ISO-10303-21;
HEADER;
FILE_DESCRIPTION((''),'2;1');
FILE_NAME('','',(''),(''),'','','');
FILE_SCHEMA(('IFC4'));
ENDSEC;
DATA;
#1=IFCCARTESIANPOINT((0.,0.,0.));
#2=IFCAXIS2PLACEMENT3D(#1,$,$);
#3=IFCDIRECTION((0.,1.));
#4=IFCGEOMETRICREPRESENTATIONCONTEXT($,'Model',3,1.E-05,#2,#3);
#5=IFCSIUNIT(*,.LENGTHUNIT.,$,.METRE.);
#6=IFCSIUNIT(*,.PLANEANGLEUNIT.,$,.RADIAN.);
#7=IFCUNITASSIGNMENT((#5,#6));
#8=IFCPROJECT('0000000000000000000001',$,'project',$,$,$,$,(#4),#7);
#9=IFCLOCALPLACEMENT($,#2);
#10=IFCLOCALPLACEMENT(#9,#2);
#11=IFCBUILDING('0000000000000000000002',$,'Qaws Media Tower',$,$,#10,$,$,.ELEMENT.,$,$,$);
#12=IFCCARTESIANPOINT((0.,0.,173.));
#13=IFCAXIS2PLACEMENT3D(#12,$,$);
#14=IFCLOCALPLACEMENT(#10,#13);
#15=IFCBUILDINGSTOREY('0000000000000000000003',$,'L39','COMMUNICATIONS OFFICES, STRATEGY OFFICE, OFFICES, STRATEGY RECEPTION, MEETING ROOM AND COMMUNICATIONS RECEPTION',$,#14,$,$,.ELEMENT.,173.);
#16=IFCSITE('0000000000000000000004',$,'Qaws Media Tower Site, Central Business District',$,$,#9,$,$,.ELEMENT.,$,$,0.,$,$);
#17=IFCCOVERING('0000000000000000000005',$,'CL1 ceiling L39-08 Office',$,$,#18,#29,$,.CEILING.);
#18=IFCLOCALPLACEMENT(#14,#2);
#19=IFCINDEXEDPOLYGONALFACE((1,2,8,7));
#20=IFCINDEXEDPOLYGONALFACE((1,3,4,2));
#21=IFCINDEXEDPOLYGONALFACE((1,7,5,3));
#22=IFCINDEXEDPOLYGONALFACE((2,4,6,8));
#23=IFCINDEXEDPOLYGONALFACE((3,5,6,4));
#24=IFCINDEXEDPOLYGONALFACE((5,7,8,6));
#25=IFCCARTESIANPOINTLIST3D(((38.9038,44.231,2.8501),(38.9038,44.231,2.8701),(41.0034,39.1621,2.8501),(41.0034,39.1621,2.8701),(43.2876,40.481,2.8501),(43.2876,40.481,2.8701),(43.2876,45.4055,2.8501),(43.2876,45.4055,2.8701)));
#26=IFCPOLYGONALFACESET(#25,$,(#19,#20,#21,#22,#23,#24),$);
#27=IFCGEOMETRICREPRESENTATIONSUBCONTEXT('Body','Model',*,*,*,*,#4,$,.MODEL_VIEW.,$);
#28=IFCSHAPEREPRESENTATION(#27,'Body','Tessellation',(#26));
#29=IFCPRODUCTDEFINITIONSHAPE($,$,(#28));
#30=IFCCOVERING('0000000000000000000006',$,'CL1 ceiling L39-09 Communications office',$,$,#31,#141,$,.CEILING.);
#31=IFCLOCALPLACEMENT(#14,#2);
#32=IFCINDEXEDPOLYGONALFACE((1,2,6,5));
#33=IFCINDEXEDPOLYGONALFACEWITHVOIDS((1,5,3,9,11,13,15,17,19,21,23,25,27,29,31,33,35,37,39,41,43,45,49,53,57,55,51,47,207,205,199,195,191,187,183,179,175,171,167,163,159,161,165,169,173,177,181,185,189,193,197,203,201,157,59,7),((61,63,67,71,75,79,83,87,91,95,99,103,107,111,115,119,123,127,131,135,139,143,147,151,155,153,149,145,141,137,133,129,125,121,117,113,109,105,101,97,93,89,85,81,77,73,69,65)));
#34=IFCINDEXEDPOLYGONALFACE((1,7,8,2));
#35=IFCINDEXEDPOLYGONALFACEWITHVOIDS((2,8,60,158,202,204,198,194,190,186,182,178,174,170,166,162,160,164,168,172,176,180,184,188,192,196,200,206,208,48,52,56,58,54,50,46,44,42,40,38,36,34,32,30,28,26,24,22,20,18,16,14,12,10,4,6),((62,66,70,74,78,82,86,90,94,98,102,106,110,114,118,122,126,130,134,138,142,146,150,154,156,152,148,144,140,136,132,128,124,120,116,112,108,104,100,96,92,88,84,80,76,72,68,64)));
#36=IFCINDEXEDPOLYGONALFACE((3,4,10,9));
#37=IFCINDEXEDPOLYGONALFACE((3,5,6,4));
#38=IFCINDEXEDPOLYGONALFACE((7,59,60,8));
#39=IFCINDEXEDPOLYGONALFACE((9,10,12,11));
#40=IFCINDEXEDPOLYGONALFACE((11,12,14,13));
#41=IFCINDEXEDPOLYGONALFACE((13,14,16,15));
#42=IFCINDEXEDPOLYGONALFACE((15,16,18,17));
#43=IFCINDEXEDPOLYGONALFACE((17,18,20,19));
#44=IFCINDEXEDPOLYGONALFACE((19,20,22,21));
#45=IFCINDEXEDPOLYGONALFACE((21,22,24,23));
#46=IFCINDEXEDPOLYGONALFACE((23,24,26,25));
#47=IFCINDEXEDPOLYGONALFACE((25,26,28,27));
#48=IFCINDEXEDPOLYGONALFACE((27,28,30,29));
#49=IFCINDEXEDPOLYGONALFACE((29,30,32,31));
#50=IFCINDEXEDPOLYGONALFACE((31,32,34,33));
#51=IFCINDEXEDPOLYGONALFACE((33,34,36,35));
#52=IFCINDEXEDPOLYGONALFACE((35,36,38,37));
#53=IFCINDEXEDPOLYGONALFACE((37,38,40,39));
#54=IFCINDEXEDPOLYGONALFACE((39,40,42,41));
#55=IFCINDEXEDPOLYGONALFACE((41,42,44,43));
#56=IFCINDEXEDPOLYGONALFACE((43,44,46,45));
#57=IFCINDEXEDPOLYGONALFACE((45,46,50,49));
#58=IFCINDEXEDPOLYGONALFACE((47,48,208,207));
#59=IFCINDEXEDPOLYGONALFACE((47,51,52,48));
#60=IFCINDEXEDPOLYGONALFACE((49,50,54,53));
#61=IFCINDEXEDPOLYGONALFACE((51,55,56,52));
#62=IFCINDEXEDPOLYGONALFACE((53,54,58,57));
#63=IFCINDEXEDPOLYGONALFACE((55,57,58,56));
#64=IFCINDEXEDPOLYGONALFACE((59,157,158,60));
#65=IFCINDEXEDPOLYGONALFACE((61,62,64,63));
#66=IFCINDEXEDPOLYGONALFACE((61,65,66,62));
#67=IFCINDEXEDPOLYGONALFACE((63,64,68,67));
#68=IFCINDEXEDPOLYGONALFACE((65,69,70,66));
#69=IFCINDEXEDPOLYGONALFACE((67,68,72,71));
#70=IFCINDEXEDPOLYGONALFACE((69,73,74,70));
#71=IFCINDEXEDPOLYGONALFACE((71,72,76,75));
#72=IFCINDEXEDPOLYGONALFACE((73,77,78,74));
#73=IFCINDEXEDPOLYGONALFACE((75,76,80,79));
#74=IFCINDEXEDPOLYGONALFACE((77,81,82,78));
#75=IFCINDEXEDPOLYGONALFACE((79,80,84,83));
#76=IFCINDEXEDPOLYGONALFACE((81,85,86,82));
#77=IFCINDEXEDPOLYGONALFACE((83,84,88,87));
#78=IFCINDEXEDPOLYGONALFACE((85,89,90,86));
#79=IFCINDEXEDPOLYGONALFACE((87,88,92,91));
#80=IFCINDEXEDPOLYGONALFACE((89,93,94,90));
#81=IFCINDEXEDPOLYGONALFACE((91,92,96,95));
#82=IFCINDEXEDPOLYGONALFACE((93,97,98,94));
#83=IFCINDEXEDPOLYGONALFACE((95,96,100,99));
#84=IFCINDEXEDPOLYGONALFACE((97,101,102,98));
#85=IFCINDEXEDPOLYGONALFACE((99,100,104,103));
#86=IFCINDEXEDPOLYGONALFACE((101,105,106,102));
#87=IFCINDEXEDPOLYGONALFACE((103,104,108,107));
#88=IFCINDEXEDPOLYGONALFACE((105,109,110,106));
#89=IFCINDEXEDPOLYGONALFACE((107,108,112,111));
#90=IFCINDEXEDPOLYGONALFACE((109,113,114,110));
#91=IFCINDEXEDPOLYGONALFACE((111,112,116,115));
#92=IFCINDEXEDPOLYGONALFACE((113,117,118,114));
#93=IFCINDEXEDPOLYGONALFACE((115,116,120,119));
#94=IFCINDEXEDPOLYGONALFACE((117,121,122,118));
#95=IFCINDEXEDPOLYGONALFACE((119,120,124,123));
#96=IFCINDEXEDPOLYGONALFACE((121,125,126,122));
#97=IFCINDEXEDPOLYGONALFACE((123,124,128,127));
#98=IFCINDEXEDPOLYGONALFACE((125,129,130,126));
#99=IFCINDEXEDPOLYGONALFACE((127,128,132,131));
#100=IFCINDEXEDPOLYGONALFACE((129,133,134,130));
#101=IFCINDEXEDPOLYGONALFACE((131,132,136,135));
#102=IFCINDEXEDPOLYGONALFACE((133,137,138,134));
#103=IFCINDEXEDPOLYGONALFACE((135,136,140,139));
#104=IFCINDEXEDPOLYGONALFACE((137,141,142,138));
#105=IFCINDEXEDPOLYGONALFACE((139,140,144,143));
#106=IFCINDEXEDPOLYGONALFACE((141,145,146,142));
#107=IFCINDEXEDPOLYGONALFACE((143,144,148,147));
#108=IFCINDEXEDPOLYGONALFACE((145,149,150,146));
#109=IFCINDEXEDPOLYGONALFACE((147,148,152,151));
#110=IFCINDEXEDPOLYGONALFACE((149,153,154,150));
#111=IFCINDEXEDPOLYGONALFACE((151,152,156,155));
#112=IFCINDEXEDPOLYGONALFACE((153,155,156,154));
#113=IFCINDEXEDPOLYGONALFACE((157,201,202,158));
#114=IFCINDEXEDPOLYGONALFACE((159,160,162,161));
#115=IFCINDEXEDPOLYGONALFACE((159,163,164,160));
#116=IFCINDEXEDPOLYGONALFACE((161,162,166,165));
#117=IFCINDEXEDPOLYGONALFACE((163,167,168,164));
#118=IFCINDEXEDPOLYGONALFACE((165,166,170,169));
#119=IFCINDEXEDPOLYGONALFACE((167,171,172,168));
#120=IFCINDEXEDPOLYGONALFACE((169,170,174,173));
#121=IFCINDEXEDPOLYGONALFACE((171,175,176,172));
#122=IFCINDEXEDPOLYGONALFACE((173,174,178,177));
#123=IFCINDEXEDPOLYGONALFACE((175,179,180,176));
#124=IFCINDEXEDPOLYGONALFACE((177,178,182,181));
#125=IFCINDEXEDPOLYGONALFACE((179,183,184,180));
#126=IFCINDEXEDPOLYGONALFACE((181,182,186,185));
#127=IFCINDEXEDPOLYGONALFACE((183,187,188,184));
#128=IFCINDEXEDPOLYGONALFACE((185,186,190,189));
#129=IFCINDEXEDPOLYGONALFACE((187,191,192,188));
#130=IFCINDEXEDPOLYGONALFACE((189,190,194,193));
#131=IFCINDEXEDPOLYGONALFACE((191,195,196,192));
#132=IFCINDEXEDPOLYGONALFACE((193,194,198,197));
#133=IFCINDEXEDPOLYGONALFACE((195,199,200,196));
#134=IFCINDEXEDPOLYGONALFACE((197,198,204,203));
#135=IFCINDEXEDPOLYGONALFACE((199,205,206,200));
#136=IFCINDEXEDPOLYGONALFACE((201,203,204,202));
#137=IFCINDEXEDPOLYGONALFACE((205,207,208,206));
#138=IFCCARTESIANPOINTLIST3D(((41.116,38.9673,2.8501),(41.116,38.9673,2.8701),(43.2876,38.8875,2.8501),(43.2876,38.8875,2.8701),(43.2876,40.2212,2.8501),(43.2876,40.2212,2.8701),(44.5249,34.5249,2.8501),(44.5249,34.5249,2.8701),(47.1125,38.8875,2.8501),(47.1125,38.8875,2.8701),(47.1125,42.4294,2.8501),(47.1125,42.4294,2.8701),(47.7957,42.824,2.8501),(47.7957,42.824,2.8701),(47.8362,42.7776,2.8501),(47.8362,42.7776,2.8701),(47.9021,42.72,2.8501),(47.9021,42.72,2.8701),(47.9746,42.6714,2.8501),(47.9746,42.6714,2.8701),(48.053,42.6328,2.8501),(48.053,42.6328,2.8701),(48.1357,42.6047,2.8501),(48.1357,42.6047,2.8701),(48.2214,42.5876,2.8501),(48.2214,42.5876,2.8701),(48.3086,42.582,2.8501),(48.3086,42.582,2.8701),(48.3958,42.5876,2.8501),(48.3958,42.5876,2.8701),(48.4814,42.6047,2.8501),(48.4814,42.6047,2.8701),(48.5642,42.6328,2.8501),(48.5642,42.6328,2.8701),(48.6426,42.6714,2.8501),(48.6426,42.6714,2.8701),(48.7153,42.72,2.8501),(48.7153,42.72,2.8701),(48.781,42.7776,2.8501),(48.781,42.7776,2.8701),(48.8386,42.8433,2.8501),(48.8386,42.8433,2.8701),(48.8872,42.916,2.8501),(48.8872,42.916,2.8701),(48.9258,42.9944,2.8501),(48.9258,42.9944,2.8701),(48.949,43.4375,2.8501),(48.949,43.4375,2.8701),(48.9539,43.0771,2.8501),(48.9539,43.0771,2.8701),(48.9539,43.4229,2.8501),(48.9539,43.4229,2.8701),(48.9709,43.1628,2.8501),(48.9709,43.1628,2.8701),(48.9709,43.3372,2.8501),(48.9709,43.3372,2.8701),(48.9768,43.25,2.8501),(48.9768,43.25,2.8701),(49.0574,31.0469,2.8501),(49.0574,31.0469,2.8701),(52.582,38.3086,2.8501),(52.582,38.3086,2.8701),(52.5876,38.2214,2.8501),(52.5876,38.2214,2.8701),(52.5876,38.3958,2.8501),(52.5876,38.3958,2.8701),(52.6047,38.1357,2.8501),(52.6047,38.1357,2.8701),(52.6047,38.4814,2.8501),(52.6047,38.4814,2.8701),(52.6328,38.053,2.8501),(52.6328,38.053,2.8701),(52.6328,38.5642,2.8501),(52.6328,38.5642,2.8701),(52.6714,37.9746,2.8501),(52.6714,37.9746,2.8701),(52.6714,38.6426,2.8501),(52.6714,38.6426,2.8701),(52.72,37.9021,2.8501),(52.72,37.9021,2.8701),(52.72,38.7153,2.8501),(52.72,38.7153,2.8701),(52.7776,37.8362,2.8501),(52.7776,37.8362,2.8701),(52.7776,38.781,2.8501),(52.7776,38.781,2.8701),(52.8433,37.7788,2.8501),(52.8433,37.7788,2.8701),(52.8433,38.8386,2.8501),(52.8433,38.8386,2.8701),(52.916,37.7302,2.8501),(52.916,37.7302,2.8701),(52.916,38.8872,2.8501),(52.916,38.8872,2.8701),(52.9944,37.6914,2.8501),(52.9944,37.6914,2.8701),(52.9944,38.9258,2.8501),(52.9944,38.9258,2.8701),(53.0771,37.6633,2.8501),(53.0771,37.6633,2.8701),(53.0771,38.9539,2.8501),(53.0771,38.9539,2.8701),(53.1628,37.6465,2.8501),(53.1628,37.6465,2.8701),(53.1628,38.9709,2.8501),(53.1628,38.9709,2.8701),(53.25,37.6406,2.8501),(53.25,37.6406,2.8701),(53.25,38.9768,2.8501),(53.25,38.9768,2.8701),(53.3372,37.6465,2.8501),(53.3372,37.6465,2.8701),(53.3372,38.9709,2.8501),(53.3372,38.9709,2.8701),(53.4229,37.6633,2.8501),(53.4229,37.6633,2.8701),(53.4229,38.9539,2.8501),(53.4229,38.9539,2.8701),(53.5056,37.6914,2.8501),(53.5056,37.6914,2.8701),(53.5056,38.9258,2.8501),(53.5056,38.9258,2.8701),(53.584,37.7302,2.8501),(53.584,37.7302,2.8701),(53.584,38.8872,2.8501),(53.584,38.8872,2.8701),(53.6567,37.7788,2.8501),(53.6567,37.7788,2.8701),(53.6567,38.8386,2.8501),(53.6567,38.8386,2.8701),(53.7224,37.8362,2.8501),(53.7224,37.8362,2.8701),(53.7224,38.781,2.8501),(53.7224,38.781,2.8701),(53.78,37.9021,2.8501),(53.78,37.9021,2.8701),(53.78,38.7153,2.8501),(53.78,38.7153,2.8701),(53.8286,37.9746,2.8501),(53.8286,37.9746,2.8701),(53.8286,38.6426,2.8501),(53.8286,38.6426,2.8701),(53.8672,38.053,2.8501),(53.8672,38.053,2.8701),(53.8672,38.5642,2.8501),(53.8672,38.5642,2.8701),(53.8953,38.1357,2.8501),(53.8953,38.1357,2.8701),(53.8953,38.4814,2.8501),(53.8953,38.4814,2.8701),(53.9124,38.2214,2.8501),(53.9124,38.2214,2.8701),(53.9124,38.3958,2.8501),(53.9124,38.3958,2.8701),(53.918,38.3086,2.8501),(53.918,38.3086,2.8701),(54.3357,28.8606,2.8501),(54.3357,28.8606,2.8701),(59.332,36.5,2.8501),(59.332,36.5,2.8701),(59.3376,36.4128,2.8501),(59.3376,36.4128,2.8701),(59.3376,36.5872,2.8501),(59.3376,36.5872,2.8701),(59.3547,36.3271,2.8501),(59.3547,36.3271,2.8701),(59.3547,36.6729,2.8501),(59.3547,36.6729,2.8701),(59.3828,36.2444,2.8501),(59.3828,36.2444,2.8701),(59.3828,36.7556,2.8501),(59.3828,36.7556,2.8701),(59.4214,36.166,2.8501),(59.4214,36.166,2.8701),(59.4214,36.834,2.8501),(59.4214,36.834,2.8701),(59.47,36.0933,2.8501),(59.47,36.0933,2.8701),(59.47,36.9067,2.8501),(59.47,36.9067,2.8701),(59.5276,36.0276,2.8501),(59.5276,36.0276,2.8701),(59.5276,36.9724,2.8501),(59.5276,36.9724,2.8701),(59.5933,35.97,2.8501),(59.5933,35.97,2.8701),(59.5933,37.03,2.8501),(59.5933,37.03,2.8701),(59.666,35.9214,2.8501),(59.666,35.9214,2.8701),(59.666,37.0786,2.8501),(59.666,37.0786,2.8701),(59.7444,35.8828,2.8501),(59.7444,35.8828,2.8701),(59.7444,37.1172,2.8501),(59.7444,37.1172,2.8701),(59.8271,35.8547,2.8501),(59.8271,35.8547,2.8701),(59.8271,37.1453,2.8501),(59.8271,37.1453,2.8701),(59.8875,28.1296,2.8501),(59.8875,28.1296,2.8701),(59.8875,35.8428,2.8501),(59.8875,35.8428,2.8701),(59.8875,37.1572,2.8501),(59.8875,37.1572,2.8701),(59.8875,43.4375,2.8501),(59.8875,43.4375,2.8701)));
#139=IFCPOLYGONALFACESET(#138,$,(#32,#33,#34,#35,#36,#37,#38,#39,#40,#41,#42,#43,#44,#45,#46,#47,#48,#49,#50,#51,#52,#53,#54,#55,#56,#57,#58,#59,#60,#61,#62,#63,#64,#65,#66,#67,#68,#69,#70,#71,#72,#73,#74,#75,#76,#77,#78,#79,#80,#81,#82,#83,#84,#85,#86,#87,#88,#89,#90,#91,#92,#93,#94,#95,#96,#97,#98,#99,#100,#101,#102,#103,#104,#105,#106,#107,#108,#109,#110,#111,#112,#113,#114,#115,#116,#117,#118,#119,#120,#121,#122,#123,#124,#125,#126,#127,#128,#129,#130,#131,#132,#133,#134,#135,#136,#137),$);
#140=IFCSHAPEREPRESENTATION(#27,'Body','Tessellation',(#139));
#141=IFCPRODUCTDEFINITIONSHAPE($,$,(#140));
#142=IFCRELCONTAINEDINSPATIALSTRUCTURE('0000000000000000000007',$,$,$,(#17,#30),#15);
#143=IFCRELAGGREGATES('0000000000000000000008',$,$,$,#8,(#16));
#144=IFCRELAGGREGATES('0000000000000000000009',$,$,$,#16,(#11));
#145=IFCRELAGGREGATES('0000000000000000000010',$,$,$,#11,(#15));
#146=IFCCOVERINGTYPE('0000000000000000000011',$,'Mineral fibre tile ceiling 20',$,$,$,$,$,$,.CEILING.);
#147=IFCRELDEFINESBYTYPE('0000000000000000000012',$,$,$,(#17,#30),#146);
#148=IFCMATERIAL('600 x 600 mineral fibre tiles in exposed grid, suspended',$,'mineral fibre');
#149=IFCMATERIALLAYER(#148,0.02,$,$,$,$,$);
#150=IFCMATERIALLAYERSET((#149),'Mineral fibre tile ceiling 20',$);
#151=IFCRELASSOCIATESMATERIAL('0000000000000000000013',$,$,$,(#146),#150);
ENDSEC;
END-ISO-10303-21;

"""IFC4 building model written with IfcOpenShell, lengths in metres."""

from ifc_helpers import new_model, si_unit, direction, frame, origin, place, context, subcontext, project, spatial, polyline, outline, extrude, material, layer, layer_set, type_object, element, save


model = new_model("IFC4")

# Units and contexts
model_context = context("Model", 3, precision=1e-05, world=origin(), true_north=direction((0.0, 1.0)))
body_context = subcontext(model_context, "Body", "Model", "MODEL_VIEW")
ifc_project = project(units=[si_unit("LENGTHUNIT", "METRE"), si_unit("PLANEANGLEUNIT", "RADIAN")], contexts=[model_context])

# Site, building, storey
site_placement = place(None, origin())
site = spatial("IfcSite", under=ifc_project, at=site_placement, Name="Qaws Media Tower Site, Central Business District", CompositionType="ELEMENT", RefElevation=0.0)
building_placement = place(site_placement, origin())
building = spatial("IfcBuilding", under=site, at=building_placement, Name="Qaws Media Tower", CompositionType="ELEMENT")
storey_placement = place(building_placement, frame((0.0, 0.0, 173.0)))
storey = spatial("IfcBuildingStorey", under=building, at=storey_placement, Name="L39", Description="COMMUNICATIONS OFFICES, STRATEGY OFFICE, OFFICES, STRATEGY RECEPTION, MEETING ROOM AND COMMUNICATIONS RECEPTION", CompositionType="ELEMENT", Elevation=173.0)

# Coverings
ifc_material_1 = material(Name="600 x 600 mineral fibre tiles in exposed grid, suspended", Category="mineral fibre")
ifc_layer_1 = layer(ifc_material_1, 0.02)
ifc_layer_set_1 = layer_set([ifc_layer_1], Name="Mineral fibre tile ceiling 20")
covering_type_1 = type_object("IfcCoveringType", Name="Mineral fibre tile ceiling 20", PredefinedType="CEILING", material=ifc_layer_set_1)
covering_1_placement = place(storey_placement, frame((0.0, 0.0, 2.8501)))
element("IfcCovering", 1, at=covering_1_placement, inside=storey, type_object=covering_type_1, Name="CL1 ceiling L39-08 Office", PredefinedType="CEILING", context=body_context, shape_type="SweptSolid", body=[
    extrude(outline(polyline([(43.2876, 45.4055), (43.2876, 40.481), (41.0034, 39.1621), (38.9038, 44.231), (43.2876, 45.4055)])), origin(), (0.0, 0.0, 1.0), 0.02),
])
covering_2_placement = place(storey_placement, frame((0.0, 0.0, 2.8501)))
element("IfcCovering", 2, at=covering_2_placement, inside=storey, type_object=covering_type_1, Name="CL1 ceiling L39-09 Communications office", PredefinedType="CEILING", context=body_context, shape_type="SweptSolid", body=[
    extrude(outline(polyline([(54.3357, 28.8606), (49.0574, 31.0469), (44.5249, 34.5249), (41.116, 38.9673), (43.2876, 40.2212), (43.2876, 38.8875), (47.1125, 38.8875), (47.1125, 42.4294), (47.7957, 42.824), (47.8362, 42.7776), (47.9021, 42.72), (47.9746, 42.6714), (48.053, 42.6328), (48.1357, 42.6047), (48.2214, 42.5876), (48.3086, 42.582), (48.3958, 42.5876), (48.4814, 42.6047), (48.5642, 42.6328), (48.6426, 42.6714), (48.7153, 42.72), (48.781, 42.7776), (48.8386, 42.8433), (48.8872, 42.916), (48.9258, 42.9944), (48.9539, 43.0771), (48.9709, 43.1628), (48.9768, 43.25), (48.9709, 43.3372), (48.9539, 43.4229), (48.949, 43.4375), (59.8875, 43.4375), (59.8875, 37.1572), (59.8271, 37.1453), (59.7444, 37.1172), (59.666, 37.0786), (59.5933, 37.03), (59.5276, 36.9724), (59.47, 36.9067), (59.4214, 36.834), (59.3828, 36.7556), (59.3547, 36.6729), (59.3376, 36.5872), (59.332, 36.5), (59.3376, 36.4128), (59.3547, 36.3271), (59.3828, 36.2444), (59.4214, 36.166), (59.47, 36.0933), (59.5276, 36.0276), (59.5933, 35.97), (59.666, 35.9214), (59.7444, 35.8828), (59.8271, 35.8547), (59.8875, 35.8428), (59.8875, 28.1296), (54.3357, 28.8606)]), holes=[polyline([(53.8953, 38.1357), (53.9124, 38.2214), (53.918, 38.3086), (53.9124, 38.3958), (53.8953, 38.4814), (53.8672, 38.5642), (53.8286, 38.6426), (53.78, 38.7153), (53.7224, 38.781), (53.6567, 38.8386), (53.584, 38.8872), (53.5056, 38.9258), (53.4229, 38.9539), (53.3372, 38.9709), (53.25, 38.9768), (53.1628, 38.9709), (53.0771, 38.9539), (52.9944, 38.9258), (52.916, 38.8872), (52.8433, 38.8386), (52.7776, 38.781), (52.72, 38.7153), (52.6714, 38.6426), (52.6328, 38.5642), (52.6047, 38.4814), (52.5876, 38.3958), (52.582, 38.3086), (52.5876, 38.2214), (52.6047, 38.1357), (52.6328, 38.053), (52.6714, 37.9746), (52.72, 37.9021), (52.7776, 37.8362), (52.8433, 37.7788), (52.916, 37.7302), (52.9944, 37.6914), (53.0771, 37.6633), (53.1628, 37.6465), (53.25, 37.6406), (53.3372, 37.6465), (53.4229, 37.6633), (53.5056, 37.6914), (53.584, 37.7302), (53.6567, 37.7788), (53.7224, 37.8362), (53.78, 37.9021), (53.8286, 37.9746), (53.8672, 38.053), (53.8953, 38.1357)])]), origin(), (0.0, 0.0, 1.0), 0.02),
])

save(model, "model.ifc")
